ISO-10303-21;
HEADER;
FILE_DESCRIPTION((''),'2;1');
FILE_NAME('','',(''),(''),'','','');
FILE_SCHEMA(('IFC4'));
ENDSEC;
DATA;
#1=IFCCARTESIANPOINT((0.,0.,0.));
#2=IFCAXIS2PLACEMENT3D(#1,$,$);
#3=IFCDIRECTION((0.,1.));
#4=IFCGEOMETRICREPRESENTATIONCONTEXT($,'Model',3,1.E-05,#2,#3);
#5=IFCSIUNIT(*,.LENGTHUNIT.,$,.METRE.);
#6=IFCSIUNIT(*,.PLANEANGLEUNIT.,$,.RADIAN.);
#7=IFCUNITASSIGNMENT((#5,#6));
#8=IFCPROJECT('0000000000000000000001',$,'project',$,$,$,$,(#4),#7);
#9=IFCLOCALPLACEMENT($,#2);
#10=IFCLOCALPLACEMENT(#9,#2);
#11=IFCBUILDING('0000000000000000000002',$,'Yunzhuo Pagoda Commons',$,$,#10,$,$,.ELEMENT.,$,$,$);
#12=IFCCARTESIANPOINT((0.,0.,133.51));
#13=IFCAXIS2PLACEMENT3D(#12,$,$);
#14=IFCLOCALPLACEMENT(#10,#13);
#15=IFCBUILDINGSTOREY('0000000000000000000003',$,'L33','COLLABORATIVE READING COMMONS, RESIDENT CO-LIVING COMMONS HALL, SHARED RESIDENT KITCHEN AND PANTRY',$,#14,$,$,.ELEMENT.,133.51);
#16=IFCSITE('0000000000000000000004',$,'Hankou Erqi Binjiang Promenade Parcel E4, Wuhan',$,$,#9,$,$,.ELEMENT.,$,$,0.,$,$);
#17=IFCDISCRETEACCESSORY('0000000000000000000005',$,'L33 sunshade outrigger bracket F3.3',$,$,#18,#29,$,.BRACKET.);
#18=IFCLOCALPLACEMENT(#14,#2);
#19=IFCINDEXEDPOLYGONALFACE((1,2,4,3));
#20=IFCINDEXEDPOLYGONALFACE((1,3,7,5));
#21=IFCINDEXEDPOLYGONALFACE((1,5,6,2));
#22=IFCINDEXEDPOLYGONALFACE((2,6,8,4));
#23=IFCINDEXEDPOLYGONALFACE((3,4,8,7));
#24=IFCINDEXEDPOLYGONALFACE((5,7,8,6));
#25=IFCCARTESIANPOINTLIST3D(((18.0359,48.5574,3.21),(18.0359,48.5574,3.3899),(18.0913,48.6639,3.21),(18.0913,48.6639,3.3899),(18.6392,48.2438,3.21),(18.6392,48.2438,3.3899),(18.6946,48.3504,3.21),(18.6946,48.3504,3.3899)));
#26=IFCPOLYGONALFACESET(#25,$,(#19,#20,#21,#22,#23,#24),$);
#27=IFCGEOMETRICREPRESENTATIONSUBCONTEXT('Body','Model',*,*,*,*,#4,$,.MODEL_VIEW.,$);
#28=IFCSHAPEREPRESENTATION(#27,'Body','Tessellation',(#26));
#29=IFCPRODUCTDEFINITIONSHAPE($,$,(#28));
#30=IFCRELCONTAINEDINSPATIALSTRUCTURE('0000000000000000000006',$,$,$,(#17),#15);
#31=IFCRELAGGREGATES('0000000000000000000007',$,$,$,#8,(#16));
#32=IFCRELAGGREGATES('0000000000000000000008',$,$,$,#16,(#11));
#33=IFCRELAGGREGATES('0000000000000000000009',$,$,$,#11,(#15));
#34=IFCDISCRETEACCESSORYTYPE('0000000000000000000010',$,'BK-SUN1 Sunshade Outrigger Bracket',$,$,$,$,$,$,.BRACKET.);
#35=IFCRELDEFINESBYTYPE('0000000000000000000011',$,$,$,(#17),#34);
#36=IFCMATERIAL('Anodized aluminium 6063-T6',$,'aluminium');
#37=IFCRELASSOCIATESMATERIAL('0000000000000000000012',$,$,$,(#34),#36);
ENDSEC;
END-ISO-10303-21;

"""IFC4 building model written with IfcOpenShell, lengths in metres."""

from ifc_helpers import new_model, si_unit, direction, frame, origin, origin_2d, place, context, subcontext, project, spatial, rectangle, extrude, source, transform, mapped, material, type_object, element, save


model = new_model("IFC4")

# Units and contexts
model_context = context("Model", 3, precision=1e-05, world=origin(), true_north=direction((0.0, 1.0)))
body_context = subcontext(model_context, "Body", "Model", "MODEL_VIEW")
ifc_project = project(units=[si_unit("LENGTHUNIT", "METRE"), si_unit("PLANEANGLEUNIT", "RADIAN")], contexts=[model_context])

# Site, building, storey
site_placement = place(None, origin())
site = spatial("IfcSite", under=ifc_project, at=site_placement, Name="Hankou Erqi Binjiang Promenade Parcel E4, Wuhan", CompositionType="ELEMENT", RefElevation=0.0)
building_placement = place(site_placement, origin())
building = spatial("IfcBuilding", under=site, at=building_placement, Name="Yunzhuo Pagoda Commons", CompositionType="ELEMENT")
storey_placement = place(building_placement, frame((0.0, 0.0, 133.51)))
storey = spatial("IfcBuildingStorey", under=building, at=storey_placement, Name="L33", Description="COLLABORATIVE READING COMMONS, RESIDENT CO-LIVING COMMONS HALL, SHARED RESIDENT KITCHEN AND PANTRY", CompositionType="ELEMENT", Elevation=133.51)

# Shared definitions
ifc_material_1 = material(Name="Anodized aluminium 6063-T6", Category="aluminium")

# Discrete accessory
discrete_accessory_type = type_object("IfcDiscreteAccessoryType", Name="BK-SUN1 Sunshade Outrigger Bracket", PredefinedType="BRACKET", material=ifc_material_1)
shared_shape_1 = source(origin(), body_context, "Body", "SweptSolid", [
    extrude(rectangle(XDim=0.1201, YDim=0.6799, at=origin_2d()), origin(), (0.0, 0.0, 1.0), 0.1799),
])
discrete_accessory_placement = place(storey_placement, frame((18.3652, 48.4539, 3.21), z_axis=(0.0, 0.0, 1.0), x_axis=(-0.461207, -0.887293, 0.0)))
element("IfcDiscreteAccessory", 1, at=discrete_accessory_placement, inside=storey, type_object=discrete_accessory_type, Name="L33 sunshade outrigger bracket F3.3", PredefinedType="BRACKET", context=body_context, shape_type="MappedRepresentation", body=[
    mapped(shared_shape_1, transform((0.0, 0.0, 0.0), scale=1.0)),
])

save(model, "model.ifc")
